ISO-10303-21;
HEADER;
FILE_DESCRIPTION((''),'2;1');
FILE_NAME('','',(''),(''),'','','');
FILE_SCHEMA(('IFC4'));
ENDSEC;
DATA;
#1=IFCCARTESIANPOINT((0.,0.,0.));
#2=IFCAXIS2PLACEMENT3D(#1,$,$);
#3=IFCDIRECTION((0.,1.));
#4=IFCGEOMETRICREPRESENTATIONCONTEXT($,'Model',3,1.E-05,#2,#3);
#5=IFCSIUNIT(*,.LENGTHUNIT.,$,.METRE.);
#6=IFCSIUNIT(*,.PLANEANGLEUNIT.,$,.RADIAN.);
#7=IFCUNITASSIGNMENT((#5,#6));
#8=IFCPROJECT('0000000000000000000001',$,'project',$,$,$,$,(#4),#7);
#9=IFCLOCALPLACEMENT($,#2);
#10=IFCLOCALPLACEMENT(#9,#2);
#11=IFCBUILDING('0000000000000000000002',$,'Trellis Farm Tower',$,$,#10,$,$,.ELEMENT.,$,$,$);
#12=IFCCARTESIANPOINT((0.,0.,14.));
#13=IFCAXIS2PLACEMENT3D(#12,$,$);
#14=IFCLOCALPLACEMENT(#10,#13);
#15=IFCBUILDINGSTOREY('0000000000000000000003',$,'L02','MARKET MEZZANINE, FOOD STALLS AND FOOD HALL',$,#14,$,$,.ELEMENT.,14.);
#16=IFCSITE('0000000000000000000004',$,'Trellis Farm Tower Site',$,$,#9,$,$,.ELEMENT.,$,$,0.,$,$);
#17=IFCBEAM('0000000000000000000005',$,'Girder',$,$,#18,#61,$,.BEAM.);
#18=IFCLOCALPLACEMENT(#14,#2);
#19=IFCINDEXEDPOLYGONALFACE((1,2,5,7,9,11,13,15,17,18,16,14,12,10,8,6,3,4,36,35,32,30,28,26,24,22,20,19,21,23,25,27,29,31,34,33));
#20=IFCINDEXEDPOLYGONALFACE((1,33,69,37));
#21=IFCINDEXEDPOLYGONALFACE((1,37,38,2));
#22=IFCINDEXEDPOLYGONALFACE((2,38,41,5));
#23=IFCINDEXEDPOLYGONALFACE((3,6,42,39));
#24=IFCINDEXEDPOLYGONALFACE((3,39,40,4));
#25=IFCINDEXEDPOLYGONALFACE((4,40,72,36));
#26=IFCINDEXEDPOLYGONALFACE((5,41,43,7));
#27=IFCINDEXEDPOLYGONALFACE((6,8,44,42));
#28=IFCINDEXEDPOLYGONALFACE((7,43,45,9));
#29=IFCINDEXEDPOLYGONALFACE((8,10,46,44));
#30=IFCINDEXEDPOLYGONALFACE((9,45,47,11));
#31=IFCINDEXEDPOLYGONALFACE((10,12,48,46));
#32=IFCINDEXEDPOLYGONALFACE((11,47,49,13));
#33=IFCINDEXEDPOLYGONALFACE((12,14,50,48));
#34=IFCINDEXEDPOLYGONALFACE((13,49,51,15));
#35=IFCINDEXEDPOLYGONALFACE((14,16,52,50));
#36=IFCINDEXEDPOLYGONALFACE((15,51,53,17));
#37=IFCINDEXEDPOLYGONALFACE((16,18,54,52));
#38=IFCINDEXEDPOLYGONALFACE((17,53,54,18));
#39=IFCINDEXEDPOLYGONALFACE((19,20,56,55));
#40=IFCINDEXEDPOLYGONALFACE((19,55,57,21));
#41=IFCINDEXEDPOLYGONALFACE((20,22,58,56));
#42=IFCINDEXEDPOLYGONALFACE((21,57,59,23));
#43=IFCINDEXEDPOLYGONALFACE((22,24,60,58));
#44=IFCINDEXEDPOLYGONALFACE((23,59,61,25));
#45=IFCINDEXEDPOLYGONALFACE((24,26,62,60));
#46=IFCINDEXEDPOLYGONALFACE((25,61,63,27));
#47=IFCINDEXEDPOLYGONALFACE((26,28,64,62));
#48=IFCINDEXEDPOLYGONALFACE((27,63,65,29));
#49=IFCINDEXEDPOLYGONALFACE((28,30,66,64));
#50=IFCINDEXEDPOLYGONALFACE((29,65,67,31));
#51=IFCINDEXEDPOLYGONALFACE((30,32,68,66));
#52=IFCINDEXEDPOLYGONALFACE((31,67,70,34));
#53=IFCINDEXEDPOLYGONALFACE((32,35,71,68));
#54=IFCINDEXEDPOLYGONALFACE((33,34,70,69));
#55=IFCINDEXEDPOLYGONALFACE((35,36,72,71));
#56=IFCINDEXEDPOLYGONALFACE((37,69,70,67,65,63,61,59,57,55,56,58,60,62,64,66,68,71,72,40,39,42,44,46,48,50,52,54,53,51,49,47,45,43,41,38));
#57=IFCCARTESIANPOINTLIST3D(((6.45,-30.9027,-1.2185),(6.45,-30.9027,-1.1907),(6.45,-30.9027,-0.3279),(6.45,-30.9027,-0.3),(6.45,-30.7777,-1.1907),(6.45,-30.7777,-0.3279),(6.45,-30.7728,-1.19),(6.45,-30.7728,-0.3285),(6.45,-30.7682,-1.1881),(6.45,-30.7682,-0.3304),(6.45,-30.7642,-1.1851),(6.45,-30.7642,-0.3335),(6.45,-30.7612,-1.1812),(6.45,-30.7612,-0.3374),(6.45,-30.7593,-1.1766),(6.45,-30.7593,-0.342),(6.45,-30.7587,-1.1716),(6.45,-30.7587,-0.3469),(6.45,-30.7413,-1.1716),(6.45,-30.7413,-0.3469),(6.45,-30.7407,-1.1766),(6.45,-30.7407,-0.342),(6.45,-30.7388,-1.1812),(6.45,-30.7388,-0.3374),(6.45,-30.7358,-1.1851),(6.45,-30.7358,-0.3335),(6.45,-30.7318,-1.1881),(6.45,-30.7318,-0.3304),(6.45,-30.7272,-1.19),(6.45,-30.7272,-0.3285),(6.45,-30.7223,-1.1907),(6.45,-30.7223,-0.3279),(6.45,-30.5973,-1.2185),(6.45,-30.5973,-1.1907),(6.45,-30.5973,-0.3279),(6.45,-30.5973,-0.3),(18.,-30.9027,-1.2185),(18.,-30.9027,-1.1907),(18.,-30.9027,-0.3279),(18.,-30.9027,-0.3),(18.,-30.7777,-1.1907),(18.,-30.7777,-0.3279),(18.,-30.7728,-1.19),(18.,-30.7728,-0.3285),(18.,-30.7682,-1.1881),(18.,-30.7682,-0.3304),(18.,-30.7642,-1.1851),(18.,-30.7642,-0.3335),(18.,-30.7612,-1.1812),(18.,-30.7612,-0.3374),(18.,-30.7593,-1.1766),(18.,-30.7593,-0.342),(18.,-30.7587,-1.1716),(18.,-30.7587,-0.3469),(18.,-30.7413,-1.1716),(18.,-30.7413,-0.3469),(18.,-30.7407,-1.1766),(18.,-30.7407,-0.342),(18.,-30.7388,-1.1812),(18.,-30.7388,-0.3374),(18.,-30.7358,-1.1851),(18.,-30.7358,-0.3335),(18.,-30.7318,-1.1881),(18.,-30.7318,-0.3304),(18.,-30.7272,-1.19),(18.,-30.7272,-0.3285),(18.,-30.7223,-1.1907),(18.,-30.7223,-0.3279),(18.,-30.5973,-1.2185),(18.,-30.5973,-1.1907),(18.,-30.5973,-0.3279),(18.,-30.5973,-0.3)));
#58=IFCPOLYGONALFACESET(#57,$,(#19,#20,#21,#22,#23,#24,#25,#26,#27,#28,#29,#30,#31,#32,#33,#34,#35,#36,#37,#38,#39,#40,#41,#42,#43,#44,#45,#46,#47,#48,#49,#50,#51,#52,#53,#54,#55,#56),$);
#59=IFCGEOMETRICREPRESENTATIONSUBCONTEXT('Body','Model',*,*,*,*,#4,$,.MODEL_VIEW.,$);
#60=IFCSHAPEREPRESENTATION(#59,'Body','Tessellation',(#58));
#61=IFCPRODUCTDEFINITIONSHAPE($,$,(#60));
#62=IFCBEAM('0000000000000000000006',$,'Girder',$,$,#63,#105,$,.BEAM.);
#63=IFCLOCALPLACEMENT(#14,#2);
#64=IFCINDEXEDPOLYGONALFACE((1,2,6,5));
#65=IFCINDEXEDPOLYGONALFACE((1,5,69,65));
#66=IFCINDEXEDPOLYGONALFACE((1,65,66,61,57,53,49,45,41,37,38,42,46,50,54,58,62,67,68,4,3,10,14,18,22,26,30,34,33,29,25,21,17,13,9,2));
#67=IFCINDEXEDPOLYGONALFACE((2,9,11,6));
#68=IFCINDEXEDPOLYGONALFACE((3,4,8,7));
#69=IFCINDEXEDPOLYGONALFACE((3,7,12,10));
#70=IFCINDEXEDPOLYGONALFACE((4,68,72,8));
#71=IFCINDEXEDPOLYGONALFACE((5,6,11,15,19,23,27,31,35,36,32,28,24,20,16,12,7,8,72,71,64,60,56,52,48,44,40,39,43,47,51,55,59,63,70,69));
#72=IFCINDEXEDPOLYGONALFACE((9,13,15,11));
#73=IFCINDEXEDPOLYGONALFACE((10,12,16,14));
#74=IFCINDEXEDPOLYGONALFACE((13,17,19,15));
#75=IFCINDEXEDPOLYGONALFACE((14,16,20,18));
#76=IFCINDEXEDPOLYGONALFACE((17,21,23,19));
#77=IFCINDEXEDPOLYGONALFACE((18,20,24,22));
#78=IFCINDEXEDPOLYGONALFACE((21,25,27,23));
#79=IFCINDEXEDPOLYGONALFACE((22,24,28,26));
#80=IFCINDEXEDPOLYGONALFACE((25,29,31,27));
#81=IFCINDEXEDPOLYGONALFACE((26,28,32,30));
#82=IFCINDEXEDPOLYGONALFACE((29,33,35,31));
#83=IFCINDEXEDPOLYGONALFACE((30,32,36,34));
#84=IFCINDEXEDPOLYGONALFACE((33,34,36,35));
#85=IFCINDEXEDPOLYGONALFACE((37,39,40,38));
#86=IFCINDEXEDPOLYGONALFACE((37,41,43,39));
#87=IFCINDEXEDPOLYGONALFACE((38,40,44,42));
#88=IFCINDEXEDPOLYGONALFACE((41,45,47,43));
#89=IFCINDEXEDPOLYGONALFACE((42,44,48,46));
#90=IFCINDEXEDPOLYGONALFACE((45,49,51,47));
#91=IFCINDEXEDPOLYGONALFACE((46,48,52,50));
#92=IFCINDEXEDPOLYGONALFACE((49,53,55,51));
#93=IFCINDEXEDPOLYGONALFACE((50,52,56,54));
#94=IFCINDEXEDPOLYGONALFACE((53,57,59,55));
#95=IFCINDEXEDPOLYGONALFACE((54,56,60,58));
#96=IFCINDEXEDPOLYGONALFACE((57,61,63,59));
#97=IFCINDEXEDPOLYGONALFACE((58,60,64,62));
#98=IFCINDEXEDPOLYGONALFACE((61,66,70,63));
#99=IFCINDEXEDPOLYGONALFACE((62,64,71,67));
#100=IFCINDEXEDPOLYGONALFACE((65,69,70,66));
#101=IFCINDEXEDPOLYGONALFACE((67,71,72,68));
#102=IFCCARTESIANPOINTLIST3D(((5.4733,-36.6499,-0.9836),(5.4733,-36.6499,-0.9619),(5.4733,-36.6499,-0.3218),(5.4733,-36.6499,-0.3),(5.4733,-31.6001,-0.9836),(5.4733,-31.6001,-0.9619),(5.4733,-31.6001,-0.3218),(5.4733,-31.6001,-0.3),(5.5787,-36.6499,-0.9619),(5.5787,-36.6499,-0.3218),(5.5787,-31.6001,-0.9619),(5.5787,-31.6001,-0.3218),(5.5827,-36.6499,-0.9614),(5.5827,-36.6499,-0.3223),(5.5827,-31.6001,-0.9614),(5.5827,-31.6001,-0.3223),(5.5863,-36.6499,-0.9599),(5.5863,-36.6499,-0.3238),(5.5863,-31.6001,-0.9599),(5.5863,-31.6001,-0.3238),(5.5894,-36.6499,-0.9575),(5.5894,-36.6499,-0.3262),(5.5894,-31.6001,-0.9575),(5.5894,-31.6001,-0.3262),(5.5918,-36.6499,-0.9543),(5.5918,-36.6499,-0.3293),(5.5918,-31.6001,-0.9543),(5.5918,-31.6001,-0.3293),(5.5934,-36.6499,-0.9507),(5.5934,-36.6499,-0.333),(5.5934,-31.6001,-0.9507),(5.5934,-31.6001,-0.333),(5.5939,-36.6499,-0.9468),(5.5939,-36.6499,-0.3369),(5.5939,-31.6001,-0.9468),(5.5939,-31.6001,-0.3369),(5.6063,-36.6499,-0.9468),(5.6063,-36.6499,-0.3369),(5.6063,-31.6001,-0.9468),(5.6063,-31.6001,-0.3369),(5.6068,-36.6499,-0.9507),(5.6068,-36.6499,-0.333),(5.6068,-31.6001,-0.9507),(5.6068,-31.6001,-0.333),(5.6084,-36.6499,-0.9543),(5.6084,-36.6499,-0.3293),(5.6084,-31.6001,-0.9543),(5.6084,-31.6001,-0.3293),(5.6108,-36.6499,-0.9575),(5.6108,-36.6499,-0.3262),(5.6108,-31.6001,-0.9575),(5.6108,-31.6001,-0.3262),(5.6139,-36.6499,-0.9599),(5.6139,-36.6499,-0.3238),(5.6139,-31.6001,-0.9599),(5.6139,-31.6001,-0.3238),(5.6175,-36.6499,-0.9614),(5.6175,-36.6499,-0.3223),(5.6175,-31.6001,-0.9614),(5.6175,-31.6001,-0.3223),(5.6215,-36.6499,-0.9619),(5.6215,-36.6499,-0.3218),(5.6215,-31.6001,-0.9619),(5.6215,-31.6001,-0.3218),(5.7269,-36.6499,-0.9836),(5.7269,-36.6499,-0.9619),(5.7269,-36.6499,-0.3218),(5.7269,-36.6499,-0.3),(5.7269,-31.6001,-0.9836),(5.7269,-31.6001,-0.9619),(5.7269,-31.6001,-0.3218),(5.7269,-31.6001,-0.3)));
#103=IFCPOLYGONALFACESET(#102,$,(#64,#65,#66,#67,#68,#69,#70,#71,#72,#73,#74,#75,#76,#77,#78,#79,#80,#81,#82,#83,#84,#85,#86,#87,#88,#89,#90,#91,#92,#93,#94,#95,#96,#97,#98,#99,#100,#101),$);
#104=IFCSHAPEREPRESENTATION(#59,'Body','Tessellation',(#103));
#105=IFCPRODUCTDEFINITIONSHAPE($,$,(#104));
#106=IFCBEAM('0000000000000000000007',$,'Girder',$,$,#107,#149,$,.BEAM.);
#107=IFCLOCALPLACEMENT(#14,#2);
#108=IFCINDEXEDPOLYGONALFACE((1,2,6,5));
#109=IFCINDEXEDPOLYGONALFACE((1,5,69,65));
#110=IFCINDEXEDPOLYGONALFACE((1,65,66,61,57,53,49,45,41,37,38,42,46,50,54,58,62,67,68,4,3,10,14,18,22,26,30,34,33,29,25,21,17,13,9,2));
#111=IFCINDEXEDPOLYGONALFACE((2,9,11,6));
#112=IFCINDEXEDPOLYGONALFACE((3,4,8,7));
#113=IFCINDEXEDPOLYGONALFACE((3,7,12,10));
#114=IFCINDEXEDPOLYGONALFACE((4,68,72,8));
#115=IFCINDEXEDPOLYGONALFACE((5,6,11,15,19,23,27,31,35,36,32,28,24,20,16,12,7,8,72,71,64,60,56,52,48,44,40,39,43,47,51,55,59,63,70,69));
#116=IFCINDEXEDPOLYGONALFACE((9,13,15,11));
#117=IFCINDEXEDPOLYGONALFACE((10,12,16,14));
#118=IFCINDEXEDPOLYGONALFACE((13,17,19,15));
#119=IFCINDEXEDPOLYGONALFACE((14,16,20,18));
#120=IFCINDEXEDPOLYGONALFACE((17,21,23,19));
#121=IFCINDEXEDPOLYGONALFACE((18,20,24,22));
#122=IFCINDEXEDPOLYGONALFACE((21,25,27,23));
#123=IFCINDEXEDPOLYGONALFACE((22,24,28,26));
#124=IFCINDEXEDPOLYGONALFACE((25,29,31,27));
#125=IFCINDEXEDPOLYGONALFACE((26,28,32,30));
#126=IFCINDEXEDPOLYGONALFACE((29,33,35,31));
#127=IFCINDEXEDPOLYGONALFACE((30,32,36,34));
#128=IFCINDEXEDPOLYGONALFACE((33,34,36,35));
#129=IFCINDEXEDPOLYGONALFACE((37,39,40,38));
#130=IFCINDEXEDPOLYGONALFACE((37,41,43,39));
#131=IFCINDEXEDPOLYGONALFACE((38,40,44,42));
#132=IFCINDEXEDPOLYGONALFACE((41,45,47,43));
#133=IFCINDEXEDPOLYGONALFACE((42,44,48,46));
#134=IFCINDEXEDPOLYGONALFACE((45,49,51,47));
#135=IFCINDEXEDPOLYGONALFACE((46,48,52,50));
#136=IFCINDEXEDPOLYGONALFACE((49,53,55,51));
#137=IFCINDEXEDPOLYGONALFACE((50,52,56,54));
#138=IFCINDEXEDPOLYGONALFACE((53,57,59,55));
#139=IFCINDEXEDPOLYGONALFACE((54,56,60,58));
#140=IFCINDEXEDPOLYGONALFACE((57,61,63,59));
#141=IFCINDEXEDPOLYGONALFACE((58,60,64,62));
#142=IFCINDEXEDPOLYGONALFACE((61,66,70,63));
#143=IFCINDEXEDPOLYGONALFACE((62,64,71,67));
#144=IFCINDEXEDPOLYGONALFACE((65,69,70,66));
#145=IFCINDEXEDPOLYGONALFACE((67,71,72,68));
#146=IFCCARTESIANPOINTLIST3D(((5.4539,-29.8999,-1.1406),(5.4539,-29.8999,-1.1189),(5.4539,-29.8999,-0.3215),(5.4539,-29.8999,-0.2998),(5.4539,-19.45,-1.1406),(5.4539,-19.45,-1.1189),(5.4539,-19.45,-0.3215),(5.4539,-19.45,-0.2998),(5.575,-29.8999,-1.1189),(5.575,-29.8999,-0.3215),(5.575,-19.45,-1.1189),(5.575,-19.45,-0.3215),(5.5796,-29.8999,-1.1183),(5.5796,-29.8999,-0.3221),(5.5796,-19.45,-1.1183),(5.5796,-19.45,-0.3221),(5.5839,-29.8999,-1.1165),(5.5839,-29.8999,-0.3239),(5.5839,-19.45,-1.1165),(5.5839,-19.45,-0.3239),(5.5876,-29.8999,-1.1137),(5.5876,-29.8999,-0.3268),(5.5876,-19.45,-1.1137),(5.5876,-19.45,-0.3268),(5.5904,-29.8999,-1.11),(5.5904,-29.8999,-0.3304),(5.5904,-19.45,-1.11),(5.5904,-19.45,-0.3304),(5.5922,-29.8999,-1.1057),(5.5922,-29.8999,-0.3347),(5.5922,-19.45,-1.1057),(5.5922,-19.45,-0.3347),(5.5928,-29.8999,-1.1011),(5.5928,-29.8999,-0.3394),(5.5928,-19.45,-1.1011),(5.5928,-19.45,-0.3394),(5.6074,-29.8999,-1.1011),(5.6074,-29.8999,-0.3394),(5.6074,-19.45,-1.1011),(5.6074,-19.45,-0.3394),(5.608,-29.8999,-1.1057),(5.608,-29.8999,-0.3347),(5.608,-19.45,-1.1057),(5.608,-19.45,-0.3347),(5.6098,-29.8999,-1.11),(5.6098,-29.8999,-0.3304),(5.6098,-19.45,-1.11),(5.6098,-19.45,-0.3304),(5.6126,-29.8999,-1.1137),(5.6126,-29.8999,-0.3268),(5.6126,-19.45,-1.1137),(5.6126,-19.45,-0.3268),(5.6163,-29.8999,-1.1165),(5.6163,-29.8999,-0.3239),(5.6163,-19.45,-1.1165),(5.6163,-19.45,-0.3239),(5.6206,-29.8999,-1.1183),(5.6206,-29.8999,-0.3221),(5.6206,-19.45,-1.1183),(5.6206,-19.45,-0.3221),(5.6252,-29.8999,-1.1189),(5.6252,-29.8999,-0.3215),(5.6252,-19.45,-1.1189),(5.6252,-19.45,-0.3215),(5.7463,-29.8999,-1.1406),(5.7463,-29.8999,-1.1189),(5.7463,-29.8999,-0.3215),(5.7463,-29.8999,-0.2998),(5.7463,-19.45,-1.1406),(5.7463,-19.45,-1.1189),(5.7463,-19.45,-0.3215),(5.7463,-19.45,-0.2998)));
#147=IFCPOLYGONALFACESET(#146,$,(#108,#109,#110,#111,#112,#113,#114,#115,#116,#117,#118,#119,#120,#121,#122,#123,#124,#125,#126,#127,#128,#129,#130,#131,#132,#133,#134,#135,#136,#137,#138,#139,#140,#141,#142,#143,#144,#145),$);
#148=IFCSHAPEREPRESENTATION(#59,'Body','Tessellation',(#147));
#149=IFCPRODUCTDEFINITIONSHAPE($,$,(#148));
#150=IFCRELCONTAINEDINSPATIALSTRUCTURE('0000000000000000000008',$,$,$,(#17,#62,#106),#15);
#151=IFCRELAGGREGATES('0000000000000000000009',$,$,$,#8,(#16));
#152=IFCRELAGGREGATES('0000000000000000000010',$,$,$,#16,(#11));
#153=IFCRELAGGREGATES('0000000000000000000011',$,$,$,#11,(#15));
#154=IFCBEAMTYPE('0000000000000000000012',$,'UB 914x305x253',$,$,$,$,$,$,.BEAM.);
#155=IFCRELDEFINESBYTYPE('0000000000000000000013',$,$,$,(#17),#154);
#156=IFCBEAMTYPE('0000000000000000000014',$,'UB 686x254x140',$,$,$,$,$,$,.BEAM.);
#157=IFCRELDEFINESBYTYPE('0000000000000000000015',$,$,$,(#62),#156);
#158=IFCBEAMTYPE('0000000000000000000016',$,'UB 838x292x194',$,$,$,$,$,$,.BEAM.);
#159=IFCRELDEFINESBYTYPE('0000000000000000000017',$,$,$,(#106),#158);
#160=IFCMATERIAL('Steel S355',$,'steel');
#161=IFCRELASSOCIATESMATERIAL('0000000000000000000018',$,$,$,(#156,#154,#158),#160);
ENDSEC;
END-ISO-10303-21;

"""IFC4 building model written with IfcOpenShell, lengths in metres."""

from ifc_helpers import new_model, si_unit, direction, frame, origin, origin_2d, place, context, subcontext, project, spatial, i_section, extrude, source, transform, mapped, material, material_profile, profile_set, type_object, element, save


model = new_model("IFC4")

# Units and contexts
model_context = context("Model", 3, precision=1e-05, world=origin(), true_north=direction((0.0, 1.0)))
body_context = subcontext(model_context, "Body", "Model", "MODEL_VIEW")
ifc_project = project(units=[si_unit("LENGTHUNIT", "METRE"), si_unit("PLANEANGLEUNIT", "RADIAN")], contexts=[model_context])

# Site, building, storey
site_placement = place(None, origin())
site = spatial("IfcSite", under=ifc_project, at=site_placement, Name="Trellis Farm Tower Site", CompositionType="ELEMENT", RefElevation=0.0)
building_placement = place(site_placement, origin())
building = spatial("IfcBuilding", under=site, at=building_placement, Name="Trellis Farm Tower", CompositionType="ELEMENT")
storey_placement = place(building_placement, frame((0.0, 0.0, 14.0)))
storey = spatial("IfcBuildingStorey", under=building, at=storey_placement, Name="L02", Description="MARKET MEZZANINE, FOOD STALLS AND FOOD HALL", CompositionType="ELEMENT", Elevation=14.0)

# Beams
ifc_material_1 = material(Name="Steel S355", Category="steel")
ifc_material_profile_1 = material_profile(ifc_material_1, i_section(OverallWidth=0.2537, OverallDepth=0.6836, WebThickness=0.0125, FlangeThickness=0.0217, FilletRadius=0.0151, at=origin_2d()), Name="UB 686x254x140")
ifc_profile_set_1 = profile_set([ifc_material_profile_1], Name="Steel S355")
beam_type_1 = type_object("IfcBeamType", Name="UB 686x254x140", PredefinedType="BEAM", material=ifc_profile_set_1)
ifc_material_profile_2 = material_profile(ifc_material_1, i_section(OverallWidth=0.3054, OverallDepth=0.9185, WebThickness=0.0173, FlangeThickness=0.0278, FilletRadius=0.019, at=origin_2d()), Name="UB 914x305x253")
ifc_profile_set_2 = profile_set([ifc_material_profile_2], Name="Steel S355")
beam_type_2 = type_object("IfcBeamType", Name="UB 914x305x253", PredefinedType="BEAM", material=ifc_profile_set_2)
shared_shape_1 = source(origin(), body_context, "Body", "SweptSolid", [
    extrude(i_section(OverallWidth=0.3054, OverallDepth=0.9185, WebThickness=0.0173, FlangeThickness=0.0278, FilletRadius=0.019, at=origin_2d()), origin(), (0.0, 0.0, 1.0), 11.55),
])
beam_1_placement = place(storey_placement, frame((6.45, -30.75, -0.7593), z_axis=(1.0, 0.0, 0.0), x_axis=(0.0, 1.0, 0.0)))
element("IfcBeam", 1, at=beam_1_placement, inside=storey, type_object=beam_type_2, Name="Girder", PredefinedType="BEAM", context=body_context, shape_type="MappedRepresentation", body=[
    mapped(shared_shape_1, transform((0.0, 0.0, 0.0))),
])
shared_shape_2 = source(origin(), body_context, "Body", "SweptSolid", [
    extrude(i_section(OverallWidth=0.2537, OverallDepth=0.6836, WebThickness=0.0125, FlangeThickness=0.0217, FilletRadius=0.0151, at=origin_2d()), origin(), (0.0, 0.0, 1.0), 5.0498),
])
beam_2_placement = place(storey_placement, frame((5.6001, -36.6499, -0.6418), z_axis=(0.0, 1.0, 0.0), x_axis=(-1.0, 0.0, 0.0)))
element("IfcBeam", 2, at=beam_2_placement, inside=storey, type_object=beam_type_1, Name="Girder", PredefinedType="BEAM", context=body_context, shape_type="MappedRepresentation", body=[
    mapped(shared_shape_2, transform((0.0, 0.0, 0.0))),
])
ifc_material_profile_3 = material_profile(ifc_material_1, i_section(OverallWidth=0.2925, OverallDepth=0.8408, WebThickness=0.0146, FlangeThickness=0.0217, FilletRadius=0.0178, at=origin_2d()), Name="UB 838x292x194")
ifc_profile_set_3 = profile_set([ifc_material_profile_3], Name="Steel S355")
beam_type_3 = type_object("IfcBeamType", Name="UB 838x292x194", PredefinedType="BEAM", material=ifc_profile_set_3)
shared_shape_3 = source(origin(), body_context, "Body", "SweptSolid", [
    extrude(i_section(OverallWidth=0.2925, OverallDepth=0.8408, WebThickness=0.0146, FlangeThickness=0.0217, FilletRadius=0.0178, at=origin_2d()), origin(), (0.0, 0.0, 1.0), 10.45),
])
beam_3_placement = place(storey_placement, frame((5.6001, -29.8999, -0.7202), z_axis=(0.0, 1.0, 0.0), x_axis=(-1.0, 0.0, 0.0)))
element("IfcBeam", 3, at=beam_3_placement, inside=storey, type_object=beam_type_3, Name="Girder", PredefinedType="BEAM", context=body_context, shape_type="MappedRepresentation", body=[
    mapped(shared_shape_3, transform((0.0, 0.0, 0.0))),
])

save(model, "model.ifc")
